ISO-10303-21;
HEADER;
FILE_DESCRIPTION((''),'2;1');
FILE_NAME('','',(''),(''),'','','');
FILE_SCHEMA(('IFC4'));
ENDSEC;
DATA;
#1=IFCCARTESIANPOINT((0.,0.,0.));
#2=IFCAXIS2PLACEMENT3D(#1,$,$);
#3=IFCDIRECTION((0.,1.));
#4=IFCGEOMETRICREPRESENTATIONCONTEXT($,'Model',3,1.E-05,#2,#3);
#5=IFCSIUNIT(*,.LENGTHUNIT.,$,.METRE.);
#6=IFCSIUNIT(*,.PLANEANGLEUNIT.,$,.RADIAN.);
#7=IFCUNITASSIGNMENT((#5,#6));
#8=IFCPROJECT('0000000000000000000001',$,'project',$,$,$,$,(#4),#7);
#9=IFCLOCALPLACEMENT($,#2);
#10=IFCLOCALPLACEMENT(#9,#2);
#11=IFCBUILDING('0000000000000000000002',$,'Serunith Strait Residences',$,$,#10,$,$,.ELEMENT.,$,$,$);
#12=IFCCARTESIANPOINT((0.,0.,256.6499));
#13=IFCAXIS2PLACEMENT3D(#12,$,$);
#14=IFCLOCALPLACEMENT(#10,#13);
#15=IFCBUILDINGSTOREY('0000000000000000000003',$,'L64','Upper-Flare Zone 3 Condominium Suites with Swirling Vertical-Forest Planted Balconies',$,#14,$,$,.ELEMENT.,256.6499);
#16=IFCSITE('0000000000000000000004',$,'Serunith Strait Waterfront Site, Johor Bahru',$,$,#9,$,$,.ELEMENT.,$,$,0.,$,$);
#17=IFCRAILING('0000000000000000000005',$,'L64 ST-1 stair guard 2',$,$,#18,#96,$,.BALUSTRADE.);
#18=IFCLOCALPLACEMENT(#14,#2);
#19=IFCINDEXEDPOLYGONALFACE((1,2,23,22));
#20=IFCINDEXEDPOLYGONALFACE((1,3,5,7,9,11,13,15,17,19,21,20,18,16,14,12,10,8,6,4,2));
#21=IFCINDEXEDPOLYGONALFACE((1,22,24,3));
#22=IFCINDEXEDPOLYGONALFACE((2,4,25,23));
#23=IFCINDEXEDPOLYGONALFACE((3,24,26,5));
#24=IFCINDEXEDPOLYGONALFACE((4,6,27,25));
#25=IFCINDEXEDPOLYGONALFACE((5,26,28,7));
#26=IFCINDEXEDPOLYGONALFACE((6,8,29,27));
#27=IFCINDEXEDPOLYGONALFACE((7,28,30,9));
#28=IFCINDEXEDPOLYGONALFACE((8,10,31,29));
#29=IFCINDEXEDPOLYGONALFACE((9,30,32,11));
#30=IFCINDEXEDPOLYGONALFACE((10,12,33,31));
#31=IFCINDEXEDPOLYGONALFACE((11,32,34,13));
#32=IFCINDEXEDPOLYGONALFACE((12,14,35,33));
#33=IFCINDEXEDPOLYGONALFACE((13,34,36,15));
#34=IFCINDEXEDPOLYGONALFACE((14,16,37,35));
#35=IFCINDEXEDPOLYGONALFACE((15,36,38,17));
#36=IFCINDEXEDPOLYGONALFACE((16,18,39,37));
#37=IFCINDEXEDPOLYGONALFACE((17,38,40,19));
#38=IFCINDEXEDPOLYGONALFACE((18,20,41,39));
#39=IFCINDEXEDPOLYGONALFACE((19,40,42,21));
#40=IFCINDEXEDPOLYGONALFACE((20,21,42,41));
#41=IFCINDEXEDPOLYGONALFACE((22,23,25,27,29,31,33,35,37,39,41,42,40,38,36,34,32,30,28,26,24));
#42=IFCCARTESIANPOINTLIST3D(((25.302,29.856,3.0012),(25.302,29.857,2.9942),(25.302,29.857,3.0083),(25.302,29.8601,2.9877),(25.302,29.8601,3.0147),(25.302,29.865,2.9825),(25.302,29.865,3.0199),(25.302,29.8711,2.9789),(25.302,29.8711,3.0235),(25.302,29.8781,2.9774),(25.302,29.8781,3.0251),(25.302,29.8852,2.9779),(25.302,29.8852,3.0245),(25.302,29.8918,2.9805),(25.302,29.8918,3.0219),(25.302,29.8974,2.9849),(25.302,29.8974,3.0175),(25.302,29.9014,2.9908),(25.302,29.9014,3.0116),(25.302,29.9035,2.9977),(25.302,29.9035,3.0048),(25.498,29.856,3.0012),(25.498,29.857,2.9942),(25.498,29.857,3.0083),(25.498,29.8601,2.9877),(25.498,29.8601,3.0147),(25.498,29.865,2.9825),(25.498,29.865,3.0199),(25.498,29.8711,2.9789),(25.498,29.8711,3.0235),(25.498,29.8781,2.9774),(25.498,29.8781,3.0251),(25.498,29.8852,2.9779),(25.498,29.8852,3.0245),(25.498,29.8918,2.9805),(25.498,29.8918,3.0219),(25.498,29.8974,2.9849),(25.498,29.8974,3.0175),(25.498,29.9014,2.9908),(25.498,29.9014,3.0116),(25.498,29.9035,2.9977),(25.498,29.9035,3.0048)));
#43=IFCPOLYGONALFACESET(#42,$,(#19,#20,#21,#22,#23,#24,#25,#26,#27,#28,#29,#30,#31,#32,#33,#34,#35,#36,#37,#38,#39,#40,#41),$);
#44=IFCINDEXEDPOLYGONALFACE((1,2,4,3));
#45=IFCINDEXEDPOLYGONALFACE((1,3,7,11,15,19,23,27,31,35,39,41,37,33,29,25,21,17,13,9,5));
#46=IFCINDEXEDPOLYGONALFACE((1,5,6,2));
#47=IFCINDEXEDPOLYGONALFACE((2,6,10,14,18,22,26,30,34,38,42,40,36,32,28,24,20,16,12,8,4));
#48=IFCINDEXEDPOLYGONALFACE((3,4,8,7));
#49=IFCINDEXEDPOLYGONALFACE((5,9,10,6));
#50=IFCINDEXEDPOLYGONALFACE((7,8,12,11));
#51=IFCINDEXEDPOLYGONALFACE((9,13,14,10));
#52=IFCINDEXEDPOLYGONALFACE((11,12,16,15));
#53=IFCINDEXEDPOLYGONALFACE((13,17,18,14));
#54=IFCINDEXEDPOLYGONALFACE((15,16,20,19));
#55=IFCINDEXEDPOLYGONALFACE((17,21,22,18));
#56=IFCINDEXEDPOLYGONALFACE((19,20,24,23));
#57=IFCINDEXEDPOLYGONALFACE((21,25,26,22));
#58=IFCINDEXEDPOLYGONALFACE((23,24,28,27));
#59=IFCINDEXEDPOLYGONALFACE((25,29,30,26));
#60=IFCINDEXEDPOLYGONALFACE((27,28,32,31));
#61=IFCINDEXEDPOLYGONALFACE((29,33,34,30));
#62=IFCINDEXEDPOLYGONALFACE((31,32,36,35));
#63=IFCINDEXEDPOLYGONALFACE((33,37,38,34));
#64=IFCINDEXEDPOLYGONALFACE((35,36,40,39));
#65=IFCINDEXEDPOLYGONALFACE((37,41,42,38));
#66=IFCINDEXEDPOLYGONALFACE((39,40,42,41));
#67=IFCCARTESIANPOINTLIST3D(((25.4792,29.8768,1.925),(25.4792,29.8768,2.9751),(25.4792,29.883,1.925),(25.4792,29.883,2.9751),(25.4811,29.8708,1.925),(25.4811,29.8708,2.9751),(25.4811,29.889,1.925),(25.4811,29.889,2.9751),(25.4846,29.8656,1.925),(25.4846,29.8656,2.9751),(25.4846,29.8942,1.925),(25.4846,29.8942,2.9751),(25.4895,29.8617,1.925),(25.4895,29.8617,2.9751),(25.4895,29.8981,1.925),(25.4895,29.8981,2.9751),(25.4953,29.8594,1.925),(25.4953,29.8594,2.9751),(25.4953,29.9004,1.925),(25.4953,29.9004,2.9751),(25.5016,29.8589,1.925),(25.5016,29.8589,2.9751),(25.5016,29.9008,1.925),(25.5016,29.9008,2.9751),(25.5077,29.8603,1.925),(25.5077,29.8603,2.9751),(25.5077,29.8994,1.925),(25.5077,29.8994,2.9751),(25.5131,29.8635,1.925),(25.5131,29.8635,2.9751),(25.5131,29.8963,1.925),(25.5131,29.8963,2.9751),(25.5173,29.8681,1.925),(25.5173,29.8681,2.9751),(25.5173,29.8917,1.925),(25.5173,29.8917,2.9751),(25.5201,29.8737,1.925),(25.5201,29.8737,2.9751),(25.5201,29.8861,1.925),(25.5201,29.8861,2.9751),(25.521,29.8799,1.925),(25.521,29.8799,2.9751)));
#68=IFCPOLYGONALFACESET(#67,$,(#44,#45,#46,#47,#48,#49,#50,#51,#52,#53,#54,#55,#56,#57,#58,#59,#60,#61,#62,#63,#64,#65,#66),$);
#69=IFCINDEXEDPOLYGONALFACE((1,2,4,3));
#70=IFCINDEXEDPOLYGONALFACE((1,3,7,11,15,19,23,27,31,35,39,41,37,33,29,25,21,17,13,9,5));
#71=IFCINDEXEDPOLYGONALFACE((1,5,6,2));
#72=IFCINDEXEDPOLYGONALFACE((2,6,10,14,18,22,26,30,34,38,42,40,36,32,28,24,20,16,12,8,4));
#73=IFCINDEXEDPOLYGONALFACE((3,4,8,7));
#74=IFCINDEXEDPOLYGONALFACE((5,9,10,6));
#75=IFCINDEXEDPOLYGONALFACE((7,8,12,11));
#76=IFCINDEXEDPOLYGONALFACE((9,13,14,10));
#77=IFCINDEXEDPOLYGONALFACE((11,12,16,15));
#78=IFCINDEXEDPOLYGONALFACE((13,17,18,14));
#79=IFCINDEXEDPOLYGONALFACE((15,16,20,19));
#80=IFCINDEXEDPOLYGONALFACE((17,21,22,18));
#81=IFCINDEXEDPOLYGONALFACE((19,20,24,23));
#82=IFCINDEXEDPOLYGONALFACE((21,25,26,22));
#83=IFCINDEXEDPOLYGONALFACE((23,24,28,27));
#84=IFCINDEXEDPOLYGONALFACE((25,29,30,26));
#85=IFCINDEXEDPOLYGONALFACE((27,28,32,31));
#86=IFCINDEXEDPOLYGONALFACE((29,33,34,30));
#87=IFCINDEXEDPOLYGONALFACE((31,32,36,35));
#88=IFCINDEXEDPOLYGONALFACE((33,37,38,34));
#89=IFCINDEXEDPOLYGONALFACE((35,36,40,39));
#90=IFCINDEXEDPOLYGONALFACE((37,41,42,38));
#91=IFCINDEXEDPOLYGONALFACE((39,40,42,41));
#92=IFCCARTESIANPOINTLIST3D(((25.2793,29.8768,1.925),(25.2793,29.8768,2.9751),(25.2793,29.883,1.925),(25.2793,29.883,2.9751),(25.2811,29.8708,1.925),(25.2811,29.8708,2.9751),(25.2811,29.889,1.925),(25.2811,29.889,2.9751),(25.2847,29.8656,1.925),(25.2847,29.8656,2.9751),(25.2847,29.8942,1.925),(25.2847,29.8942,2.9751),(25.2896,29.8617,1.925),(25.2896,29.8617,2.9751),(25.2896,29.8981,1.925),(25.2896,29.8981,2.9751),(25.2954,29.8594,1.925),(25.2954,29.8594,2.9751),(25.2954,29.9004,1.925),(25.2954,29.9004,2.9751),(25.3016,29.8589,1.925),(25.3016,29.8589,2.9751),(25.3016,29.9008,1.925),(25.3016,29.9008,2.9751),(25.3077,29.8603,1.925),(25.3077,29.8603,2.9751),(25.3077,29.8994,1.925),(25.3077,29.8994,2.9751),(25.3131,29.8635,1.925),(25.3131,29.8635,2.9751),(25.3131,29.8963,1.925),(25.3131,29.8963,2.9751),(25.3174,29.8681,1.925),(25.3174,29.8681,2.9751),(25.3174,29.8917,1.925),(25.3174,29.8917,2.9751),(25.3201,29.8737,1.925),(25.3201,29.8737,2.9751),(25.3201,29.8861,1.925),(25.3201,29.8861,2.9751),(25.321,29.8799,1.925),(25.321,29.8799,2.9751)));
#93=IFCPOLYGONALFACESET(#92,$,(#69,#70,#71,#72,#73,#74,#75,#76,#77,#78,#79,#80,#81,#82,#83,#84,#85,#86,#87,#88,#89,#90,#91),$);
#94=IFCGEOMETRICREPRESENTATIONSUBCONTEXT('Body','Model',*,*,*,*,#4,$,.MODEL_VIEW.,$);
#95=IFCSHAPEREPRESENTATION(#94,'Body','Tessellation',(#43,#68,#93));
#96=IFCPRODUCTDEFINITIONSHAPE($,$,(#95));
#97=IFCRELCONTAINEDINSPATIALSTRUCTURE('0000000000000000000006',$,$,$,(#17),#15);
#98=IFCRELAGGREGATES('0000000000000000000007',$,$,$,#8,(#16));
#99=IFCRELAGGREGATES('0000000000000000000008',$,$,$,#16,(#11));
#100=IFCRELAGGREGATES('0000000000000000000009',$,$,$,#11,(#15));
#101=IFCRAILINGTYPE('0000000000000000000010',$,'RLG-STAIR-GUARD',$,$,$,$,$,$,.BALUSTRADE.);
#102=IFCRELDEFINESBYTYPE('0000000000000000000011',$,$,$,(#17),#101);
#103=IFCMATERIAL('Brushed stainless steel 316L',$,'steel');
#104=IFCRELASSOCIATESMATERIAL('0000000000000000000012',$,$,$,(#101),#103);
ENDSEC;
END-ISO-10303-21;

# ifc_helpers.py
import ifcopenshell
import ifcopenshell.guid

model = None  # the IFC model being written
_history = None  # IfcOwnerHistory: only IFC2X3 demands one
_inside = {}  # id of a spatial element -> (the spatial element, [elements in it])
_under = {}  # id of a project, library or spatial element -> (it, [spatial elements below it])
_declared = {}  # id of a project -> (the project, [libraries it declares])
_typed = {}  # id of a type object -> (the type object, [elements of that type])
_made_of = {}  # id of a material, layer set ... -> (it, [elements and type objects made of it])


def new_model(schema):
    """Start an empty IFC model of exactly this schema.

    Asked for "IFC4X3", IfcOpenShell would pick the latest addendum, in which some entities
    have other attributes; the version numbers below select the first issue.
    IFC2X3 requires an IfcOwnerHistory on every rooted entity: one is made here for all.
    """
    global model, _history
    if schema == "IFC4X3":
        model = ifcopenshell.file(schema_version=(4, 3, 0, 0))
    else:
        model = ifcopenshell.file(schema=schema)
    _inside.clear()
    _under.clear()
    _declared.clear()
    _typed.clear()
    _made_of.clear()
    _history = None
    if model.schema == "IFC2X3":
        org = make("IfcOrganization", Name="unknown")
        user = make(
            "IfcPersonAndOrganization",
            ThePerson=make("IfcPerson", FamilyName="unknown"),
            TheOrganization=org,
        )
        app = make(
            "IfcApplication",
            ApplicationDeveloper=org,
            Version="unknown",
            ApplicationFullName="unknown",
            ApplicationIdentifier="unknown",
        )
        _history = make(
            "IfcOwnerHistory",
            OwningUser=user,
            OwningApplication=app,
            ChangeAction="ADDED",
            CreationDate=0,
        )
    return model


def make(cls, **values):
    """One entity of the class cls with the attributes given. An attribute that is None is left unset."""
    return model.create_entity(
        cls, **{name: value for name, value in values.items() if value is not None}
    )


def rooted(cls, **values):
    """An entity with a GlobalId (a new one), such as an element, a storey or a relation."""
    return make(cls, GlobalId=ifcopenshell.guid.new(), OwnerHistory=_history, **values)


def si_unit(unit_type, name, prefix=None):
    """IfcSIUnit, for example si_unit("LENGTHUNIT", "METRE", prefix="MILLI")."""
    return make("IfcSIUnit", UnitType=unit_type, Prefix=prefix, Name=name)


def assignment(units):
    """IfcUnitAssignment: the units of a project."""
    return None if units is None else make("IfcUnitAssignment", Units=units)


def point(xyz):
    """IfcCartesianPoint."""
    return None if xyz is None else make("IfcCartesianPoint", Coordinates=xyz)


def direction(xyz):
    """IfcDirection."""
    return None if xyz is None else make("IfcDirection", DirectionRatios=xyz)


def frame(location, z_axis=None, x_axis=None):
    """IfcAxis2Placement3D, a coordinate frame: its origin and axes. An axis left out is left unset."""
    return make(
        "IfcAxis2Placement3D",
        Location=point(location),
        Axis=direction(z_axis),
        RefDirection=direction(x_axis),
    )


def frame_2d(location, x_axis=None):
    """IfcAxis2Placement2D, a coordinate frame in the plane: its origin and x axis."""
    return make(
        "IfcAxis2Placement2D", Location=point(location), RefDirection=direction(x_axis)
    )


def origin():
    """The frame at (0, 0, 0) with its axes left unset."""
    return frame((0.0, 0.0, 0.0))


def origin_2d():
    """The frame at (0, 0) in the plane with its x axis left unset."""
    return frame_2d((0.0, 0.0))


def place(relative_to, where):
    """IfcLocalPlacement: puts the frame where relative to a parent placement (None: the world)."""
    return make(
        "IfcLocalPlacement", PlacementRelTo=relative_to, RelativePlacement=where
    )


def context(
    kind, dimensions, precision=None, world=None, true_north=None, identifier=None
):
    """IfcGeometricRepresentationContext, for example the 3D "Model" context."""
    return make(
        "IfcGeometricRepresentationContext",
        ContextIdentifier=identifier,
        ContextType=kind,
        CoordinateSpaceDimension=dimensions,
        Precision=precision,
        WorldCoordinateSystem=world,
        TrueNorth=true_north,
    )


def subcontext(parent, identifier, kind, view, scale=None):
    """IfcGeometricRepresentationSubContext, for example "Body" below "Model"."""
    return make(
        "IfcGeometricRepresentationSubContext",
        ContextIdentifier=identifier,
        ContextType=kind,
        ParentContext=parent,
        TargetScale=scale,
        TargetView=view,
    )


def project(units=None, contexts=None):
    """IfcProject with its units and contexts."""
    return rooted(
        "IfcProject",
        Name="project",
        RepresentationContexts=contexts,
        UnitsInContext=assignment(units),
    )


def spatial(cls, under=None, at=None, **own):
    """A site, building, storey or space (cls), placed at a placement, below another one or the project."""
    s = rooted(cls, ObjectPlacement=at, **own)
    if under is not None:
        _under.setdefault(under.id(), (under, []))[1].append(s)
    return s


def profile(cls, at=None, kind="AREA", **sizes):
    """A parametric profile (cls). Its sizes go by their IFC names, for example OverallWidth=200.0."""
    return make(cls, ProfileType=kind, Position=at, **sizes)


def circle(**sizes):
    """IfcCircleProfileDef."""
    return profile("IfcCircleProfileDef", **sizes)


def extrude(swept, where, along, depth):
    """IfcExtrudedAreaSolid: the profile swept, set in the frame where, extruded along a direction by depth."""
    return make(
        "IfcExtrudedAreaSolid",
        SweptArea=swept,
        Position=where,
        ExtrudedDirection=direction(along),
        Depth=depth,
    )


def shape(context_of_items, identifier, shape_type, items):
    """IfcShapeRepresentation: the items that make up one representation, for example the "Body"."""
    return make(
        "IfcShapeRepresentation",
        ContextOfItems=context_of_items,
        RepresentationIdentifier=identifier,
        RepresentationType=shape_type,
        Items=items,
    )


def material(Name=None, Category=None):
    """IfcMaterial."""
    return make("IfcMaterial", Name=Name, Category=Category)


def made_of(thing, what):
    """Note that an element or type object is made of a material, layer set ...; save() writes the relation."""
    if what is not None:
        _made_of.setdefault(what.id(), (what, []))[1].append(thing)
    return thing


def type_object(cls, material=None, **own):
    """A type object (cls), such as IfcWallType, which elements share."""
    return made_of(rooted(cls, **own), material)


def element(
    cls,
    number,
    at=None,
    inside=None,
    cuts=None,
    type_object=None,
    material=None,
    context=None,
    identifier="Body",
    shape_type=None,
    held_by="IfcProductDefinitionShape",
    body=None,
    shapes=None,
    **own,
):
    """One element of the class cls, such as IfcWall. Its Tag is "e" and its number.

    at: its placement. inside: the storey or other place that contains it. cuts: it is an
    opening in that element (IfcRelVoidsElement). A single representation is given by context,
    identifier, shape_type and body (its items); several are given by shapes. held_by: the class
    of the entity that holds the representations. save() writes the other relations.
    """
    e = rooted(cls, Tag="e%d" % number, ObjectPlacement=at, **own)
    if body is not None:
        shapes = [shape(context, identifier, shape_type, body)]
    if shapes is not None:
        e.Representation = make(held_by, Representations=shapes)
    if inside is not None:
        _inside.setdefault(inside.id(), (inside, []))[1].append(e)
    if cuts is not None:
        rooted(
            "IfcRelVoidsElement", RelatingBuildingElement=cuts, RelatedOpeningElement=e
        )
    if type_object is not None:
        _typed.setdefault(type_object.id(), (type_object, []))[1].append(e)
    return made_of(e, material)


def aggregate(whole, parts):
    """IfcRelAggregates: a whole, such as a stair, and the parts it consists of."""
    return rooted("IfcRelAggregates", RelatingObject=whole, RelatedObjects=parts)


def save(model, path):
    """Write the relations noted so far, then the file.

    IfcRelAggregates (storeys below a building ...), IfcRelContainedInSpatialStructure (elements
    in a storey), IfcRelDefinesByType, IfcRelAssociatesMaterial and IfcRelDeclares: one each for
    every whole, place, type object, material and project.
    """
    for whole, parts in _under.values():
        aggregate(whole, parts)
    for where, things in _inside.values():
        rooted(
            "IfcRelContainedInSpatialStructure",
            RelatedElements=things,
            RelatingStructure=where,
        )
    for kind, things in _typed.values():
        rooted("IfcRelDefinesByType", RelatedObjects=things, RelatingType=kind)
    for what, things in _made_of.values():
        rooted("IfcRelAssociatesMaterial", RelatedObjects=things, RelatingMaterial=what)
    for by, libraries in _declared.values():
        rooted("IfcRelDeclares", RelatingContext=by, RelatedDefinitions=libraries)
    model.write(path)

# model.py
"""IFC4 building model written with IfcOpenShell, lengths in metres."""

from ifc_helpers import new_model, si_unit, direction, frame, origin, origin_2d, place, context, subcontext, project, spatial, circle, extrude, material, type_object, element, save


model = new_model("IFC4")

# Units and contexts
model_context = context("Model", 3, precision=1e-05, world=origin(), true_north=direction((0.0, 1.0)))
body_context = subcontext(model_context, "Body", "Model", "MODEL_VIEW")
ifc_project = project(units=[si_unit("LENGTHUNIT", "METRE"), si_unit("PLANEANGLEUNIT", "RADIAN")], contexts=[model_context])

# Site, building, storey
site_placement = place(None, origin())
site = spatial("IfcSite", under=ifc_project, at=site_placement, Name="Serunith Strait Waterfront Site, Johor Bahru", CompositionType="ELEMENT", RefElevation=0.0)
building_placement = place(site_placement, origin())
building = spatial("IfcBuilding", under=site, at=building_placement, Name="Serunith Strait Residences", CompositionType="ELEMENT")
storey_placement = place(building_placement, frame((0.0, 0.0, 256.6499)))
storey = spatial("IfcBuildingStorey", under=building, at=storey_placement, Name="L64", Description="Upper-Flare Zone 3 Condominium Suites with Swirling Vertical-Forest Planted Balconies", CompositionType="ELEMENT", Elevation=256.6499)

# Railing
ifc_material_1 = material(Name="Brushed stainless steel 316L", Category="steel")
railing_type_1 = type_object("IfcRailingType", Name="RLG-STAIR-GUARD", PredefinedType="BALUSTRADE", material=ifc_material_1)
railing_1_placement = place(storey_placement, frame((25.5, 29.8799, 1.925)))
element("IfcRailing", 1, at=railing_1_placement, inside=storey, type_object=railing_type_1, Name="L64 ST-1 stair guard 2", PredefinedType="BALUSTRADE", context=body_context, shape_type="SweptSolid", body=[
    extrude(circle(Radius=0.0239, at=origin_2d()), frame((-0.002, 0.0, 1.0762), z_axis=(-1.0, 0.0, 0.0), x_axis=(0.0, -1.0, 0.0)), (0.0, 0.0, 1.0), 0.196),
    extrude(circle(Radius=0.021, at=origin_2d()), origin(), (0.0, 0.0, 1.0), 1.05),
    extrude(circle(Radius=0.021, at=origin_2d()), frame((-0.2, 0.0, 0.0)), (0.0, 0.0, 1.0), 1.05),
])

save(model, "model.ifc")
